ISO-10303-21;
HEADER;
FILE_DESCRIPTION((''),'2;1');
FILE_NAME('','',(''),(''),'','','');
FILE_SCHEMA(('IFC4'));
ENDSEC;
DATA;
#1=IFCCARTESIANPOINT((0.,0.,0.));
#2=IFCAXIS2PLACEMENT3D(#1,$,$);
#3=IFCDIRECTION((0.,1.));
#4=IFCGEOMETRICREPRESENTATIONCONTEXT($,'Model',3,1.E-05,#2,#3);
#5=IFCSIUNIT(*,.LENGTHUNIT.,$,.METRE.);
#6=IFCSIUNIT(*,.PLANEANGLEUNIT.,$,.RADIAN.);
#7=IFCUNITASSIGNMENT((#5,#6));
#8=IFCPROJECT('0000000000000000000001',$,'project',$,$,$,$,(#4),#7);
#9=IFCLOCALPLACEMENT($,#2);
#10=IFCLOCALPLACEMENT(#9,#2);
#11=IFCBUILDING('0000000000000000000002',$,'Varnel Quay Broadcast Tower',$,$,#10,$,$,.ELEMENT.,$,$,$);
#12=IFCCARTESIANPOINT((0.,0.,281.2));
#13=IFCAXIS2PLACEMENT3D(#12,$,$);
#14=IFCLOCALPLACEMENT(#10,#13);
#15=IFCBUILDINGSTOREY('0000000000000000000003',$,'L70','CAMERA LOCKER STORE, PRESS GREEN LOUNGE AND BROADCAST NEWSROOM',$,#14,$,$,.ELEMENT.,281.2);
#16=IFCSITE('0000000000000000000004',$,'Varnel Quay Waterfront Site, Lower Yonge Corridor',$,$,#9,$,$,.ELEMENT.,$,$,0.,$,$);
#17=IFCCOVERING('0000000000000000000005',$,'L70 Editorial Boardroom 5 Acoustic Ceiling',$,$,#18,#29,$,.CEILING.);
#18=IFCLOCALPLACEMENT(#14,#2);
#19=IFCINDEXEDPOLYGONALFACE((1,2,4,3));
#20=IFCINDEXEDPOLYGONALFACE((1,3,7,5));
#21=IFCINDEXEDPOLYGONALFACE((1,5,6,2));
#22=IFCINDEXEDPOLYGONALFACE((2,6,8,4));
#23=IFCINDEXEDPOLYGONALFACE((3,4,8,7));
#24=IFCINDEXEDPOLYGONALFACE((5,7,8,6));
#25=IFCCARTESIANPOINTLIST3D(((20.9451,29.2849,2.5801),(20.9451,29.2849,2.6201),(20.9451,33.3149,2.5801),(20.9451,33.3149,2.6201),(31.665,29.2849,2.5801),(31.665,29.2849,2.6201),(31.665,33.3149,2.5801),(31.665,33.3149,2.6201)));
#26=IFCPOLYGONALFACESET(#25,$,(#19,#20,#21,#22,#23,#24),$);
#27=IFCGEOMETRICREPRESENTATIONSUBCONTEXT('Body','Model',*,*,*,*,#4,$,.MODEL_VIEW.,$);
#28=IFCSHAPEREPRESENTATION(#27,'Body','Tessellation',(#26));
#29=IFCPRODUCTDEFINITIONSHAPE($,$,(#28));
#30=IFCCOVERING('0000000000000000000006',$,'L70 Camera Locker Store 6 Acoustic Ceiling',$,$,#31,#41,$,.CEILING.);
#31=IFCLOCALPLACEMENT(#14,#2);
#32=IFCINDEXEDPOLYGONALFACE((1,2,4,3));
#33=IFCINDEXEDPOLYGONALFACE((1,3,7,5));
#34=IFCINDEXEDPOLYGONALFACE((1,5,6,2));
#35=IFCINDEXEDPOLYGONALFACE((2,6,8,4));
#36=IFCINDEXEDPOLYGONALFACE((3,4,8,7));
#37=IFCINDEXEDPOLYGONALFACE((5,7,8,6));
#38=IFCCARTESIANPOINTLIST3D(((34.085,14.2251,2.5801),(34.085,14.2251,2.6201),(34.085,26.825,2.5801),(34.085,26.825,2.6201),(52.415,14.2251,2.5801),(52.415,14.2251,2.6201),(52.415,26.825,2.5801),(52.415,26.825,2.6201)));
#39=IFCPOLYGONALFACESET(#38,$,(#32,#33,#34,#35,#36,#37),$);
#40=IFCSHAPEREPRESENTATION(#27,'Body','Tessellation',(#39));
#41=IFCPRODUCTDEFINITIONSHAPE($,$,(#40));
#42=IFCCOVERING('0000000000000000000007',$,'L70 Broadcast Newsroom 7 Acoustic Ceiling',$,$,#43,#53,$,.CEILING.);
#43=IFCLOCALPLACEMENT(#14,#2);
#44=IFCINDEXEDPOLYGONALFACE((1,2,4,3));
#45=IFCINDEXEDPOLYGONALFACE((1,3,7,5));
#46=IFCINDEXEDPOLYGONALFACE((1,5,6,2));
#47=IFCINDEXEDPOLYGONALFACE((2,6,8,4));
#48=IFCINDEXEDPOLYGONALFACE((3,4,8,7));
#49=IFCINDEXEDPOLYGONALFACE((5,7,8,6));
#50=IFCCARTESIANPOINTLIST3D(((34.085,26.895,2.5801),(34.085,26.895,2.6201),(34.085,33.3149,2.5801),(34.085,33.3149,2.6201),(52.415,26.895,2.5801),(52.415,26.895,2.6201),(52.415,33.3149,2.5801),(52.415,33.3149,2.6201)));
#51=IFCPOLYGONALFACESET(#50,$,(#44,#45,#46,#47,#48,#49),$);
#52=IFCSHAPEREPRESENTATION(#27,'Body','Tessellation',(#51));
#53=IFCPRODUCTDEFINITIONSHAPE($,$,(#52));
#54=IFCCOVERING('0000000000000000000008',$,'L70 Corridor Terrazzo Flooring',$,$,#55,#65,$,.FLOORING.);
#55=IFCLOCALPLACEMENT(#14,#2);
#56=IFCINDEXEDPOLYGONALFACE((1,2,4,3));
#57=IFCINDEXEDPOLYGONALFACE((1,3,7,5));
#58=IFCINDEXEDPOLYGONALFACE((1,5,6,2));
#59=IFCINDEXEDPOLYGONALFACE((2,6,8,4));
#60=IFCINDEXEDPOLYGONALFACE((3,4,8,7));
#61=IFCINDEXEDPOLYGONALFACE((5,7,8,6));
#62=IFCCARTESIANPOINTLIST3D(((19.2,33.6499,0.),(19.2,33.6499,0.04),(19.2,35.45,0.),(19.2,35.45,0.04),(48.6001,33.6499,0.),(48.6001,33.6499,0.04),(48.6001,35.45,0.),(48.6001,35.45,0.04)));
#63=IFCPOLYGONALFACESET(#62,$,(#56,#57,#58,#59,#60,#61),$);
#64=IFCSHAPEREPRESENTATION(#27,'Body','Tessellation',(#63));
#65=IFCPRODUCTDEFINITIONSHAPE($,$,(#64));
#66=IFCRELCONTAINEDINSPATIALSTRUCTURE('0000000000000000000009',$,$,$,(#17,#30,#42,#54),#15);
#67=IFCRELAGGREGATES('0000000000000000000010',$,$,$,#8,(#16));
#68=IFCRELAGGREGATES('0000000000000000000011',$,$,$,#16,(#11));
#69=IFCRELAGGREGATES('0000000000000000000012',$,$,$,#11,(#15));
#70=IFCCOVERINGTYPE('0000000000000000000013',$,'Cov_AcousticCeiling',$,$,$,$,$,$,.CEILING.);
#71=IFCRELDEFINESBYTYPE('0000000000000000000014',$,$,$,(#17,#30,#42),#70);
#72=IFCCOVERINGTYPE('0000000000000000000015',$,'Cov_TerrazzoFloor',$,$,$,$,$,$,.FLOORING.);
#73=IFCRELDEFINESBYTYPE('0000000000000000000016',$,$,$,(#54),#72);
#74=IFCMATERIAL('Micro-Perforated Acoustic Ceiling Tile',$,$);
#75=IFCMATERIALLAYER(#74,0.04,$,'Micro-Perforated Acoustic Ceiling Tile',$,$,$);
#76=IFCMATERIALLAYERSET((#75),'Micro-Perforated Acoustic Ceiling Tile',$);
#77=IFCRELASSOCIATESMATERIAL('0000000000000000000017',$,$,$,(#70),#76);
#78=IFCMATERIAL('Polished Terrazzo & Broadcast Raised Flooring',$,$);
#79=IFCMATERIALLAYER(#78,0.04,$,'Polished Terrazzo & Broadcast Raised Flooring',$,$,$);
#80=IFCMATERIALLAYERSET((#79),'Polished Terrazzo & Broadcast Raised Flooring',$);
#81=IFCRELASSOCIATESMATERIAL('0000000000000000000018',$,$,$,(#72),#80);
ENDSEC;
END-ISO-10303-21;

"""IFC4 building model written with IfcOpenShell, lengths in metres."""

from ifc_helpers import new_model, si_unit, direction, frame, origin, place, context, subcontext, project, spatial, polyline, outline, extrude, material, layer, layer_set, type_object, element, save


model = new_model("IFC4")

# Units and contexts
model_context = context("Model", 3, precision=1e-05, world=origin(), true_north=direction((0.0, 1.0)))
body_context = subcontext(model_context, "Body", "Model", "MODEL_VIEW")
ifc_project = project(units=[si_unit("LENGTHUNIT", "METRE"), si_unit("PLANEANGLEUNIT", "RADIAN")], contexts=[model_context])

# Site, building, storey
site_placement = place(None, origin())
site = spatial("IfcSite", under=ifc_project, at=site_placement, Name="Varnel Quay Waterfront Site, Lower Yonge Corridor", CompositionType="ELEMENT", RefElevation=0.0)
building_placement = place(site_placement, origin())
building = spatial("IfcBuilding", under=site, at=building_placement, Name="Varnel Quay Broadcast Tower", CompositionType="ELEMENT")
storey_placement = place(building_placement, frame((0.0, 0.0, 281.2)))
storey = spatial("IfcBuildingStorey", under=building, at=storey_placement, Name="L70", Description="CAMERA LOCKER STORE, PRESS GREEN LOUNGE AND BROADCAST NEWSROOM", CompositionType="ELEMENT", Elevation=281.2)

# Coverings
ifc_material_1 = material(Name="Micro-Perforated Acoustic Ceiling Tile")
ifc_layer_1 = layer(ifc_material_1, 0.04, Name="Micro-Perforated Acoustic Ceiling Tile")
ifc_layer_set_1 = layer_set([ifc_layer_1], Name="Micro-Perforated Acoustic Ceiling Tile")
covering_type_1 = type_object("IfcCoveringType", Name="Cov_AcousticCeiling", PredefinedType="CEILING", material=ifc_layer_set_1)
covering_1_placement = place(storey_placement, frame((0.0, 0.0, 2.5801)))
element("IfcCovering", 1, at=covering_1_placement, inside=storey, type_object=covering_type_1, Name="L70 Editorial Boardroom 5 Acoustic Ceiling", PredefinedType="CEILING", context=body_context, shape_type="SweptSolid", body=[
    extrude(outline(polyline([(20.9451, 29.2849), (31.665, 29.2849), (31.665, 33.3149), (20.9451, 33.3149), (20.9451, 29.2849)])), origin(), (0.0, 0.0, 1.0), 0.04),
])
covering_2_placement = place(storey_placement, frame((0.0, 0.0, 2.5801)))
element("IfcCovering", 2, at=covering_2_placement, inside=storey, type_object=covering_type_1, Name="L70 Camera Locker Store 6 Acoustic Ceiling", PredefinedType="CEILING", context=body_context, shape_type="SweptSolid", body=[
    extrude(outline(polyline([(34.085, 14.2251), (52.415, 14.2251), (52.415, 26.825), (34.085, 26.825), (34.085, 14.2251)])), origin(), (0.0, 0.0, 1.0), 0.04),
])
covering_3_placement = place(storey_placement, frame((0.0, 0.0, 2.5801)))
element("IfcCovering", 3, at=covering_3_placement, inside=storey, type_object=covering_type_1, Name="L70 Broadcast Newsroom 7 Acoustic Ceiling", PredefinedType="CEILING", context=body_context, shape_type="SweptSolid", body=[
    extrude(outline(polyline([(34.085, 26.895), (52.415, 26.895), (52.415, 33.3149), (34.085, 33.3149), (34.085, 26.895)])), origin(), (0.0, 0.0, 1.0), 0.04),
])
ifc_material_2 = material(Name="Polished Terrazzo & Broadcast Raised Flooring")
ifc_layer_2 = layer(ifc_material_2, 0.04, Name="Polished Terrazzo & Broadcast Raised Flooring")
ifc_layer_set_2 = layer_set([ifc_layer_2], Name="Polished Terrazzo & Broadcast Raised Flooring")
covering_type_2 = type_object("IfcCoveringType", Name="Cov_TerrazzoFloor", PredefinedType="FLOORING", material=ifc_layer_set_2)
covering_4_placement = place(storey_placement, origin())
element("IfcCovering", 4, at=covering_4_placement, inside=storey, type_object=covering_type_2, Name="L70 Corridor Terrazzo Flooring", PredefinedType="FLOORING", context=body_context, shape_type="SweptSolid", body=[
    extrude(outline(polyline([(19.2, 33.6499), (48.6001, 33.6499), (48.6001, 35.45), (19.2, 35.45), (19.2, 33.6499)])), origin(), (0.0, 0.0, 1.0), 0.04),
])

save(model, "model.ifc")
